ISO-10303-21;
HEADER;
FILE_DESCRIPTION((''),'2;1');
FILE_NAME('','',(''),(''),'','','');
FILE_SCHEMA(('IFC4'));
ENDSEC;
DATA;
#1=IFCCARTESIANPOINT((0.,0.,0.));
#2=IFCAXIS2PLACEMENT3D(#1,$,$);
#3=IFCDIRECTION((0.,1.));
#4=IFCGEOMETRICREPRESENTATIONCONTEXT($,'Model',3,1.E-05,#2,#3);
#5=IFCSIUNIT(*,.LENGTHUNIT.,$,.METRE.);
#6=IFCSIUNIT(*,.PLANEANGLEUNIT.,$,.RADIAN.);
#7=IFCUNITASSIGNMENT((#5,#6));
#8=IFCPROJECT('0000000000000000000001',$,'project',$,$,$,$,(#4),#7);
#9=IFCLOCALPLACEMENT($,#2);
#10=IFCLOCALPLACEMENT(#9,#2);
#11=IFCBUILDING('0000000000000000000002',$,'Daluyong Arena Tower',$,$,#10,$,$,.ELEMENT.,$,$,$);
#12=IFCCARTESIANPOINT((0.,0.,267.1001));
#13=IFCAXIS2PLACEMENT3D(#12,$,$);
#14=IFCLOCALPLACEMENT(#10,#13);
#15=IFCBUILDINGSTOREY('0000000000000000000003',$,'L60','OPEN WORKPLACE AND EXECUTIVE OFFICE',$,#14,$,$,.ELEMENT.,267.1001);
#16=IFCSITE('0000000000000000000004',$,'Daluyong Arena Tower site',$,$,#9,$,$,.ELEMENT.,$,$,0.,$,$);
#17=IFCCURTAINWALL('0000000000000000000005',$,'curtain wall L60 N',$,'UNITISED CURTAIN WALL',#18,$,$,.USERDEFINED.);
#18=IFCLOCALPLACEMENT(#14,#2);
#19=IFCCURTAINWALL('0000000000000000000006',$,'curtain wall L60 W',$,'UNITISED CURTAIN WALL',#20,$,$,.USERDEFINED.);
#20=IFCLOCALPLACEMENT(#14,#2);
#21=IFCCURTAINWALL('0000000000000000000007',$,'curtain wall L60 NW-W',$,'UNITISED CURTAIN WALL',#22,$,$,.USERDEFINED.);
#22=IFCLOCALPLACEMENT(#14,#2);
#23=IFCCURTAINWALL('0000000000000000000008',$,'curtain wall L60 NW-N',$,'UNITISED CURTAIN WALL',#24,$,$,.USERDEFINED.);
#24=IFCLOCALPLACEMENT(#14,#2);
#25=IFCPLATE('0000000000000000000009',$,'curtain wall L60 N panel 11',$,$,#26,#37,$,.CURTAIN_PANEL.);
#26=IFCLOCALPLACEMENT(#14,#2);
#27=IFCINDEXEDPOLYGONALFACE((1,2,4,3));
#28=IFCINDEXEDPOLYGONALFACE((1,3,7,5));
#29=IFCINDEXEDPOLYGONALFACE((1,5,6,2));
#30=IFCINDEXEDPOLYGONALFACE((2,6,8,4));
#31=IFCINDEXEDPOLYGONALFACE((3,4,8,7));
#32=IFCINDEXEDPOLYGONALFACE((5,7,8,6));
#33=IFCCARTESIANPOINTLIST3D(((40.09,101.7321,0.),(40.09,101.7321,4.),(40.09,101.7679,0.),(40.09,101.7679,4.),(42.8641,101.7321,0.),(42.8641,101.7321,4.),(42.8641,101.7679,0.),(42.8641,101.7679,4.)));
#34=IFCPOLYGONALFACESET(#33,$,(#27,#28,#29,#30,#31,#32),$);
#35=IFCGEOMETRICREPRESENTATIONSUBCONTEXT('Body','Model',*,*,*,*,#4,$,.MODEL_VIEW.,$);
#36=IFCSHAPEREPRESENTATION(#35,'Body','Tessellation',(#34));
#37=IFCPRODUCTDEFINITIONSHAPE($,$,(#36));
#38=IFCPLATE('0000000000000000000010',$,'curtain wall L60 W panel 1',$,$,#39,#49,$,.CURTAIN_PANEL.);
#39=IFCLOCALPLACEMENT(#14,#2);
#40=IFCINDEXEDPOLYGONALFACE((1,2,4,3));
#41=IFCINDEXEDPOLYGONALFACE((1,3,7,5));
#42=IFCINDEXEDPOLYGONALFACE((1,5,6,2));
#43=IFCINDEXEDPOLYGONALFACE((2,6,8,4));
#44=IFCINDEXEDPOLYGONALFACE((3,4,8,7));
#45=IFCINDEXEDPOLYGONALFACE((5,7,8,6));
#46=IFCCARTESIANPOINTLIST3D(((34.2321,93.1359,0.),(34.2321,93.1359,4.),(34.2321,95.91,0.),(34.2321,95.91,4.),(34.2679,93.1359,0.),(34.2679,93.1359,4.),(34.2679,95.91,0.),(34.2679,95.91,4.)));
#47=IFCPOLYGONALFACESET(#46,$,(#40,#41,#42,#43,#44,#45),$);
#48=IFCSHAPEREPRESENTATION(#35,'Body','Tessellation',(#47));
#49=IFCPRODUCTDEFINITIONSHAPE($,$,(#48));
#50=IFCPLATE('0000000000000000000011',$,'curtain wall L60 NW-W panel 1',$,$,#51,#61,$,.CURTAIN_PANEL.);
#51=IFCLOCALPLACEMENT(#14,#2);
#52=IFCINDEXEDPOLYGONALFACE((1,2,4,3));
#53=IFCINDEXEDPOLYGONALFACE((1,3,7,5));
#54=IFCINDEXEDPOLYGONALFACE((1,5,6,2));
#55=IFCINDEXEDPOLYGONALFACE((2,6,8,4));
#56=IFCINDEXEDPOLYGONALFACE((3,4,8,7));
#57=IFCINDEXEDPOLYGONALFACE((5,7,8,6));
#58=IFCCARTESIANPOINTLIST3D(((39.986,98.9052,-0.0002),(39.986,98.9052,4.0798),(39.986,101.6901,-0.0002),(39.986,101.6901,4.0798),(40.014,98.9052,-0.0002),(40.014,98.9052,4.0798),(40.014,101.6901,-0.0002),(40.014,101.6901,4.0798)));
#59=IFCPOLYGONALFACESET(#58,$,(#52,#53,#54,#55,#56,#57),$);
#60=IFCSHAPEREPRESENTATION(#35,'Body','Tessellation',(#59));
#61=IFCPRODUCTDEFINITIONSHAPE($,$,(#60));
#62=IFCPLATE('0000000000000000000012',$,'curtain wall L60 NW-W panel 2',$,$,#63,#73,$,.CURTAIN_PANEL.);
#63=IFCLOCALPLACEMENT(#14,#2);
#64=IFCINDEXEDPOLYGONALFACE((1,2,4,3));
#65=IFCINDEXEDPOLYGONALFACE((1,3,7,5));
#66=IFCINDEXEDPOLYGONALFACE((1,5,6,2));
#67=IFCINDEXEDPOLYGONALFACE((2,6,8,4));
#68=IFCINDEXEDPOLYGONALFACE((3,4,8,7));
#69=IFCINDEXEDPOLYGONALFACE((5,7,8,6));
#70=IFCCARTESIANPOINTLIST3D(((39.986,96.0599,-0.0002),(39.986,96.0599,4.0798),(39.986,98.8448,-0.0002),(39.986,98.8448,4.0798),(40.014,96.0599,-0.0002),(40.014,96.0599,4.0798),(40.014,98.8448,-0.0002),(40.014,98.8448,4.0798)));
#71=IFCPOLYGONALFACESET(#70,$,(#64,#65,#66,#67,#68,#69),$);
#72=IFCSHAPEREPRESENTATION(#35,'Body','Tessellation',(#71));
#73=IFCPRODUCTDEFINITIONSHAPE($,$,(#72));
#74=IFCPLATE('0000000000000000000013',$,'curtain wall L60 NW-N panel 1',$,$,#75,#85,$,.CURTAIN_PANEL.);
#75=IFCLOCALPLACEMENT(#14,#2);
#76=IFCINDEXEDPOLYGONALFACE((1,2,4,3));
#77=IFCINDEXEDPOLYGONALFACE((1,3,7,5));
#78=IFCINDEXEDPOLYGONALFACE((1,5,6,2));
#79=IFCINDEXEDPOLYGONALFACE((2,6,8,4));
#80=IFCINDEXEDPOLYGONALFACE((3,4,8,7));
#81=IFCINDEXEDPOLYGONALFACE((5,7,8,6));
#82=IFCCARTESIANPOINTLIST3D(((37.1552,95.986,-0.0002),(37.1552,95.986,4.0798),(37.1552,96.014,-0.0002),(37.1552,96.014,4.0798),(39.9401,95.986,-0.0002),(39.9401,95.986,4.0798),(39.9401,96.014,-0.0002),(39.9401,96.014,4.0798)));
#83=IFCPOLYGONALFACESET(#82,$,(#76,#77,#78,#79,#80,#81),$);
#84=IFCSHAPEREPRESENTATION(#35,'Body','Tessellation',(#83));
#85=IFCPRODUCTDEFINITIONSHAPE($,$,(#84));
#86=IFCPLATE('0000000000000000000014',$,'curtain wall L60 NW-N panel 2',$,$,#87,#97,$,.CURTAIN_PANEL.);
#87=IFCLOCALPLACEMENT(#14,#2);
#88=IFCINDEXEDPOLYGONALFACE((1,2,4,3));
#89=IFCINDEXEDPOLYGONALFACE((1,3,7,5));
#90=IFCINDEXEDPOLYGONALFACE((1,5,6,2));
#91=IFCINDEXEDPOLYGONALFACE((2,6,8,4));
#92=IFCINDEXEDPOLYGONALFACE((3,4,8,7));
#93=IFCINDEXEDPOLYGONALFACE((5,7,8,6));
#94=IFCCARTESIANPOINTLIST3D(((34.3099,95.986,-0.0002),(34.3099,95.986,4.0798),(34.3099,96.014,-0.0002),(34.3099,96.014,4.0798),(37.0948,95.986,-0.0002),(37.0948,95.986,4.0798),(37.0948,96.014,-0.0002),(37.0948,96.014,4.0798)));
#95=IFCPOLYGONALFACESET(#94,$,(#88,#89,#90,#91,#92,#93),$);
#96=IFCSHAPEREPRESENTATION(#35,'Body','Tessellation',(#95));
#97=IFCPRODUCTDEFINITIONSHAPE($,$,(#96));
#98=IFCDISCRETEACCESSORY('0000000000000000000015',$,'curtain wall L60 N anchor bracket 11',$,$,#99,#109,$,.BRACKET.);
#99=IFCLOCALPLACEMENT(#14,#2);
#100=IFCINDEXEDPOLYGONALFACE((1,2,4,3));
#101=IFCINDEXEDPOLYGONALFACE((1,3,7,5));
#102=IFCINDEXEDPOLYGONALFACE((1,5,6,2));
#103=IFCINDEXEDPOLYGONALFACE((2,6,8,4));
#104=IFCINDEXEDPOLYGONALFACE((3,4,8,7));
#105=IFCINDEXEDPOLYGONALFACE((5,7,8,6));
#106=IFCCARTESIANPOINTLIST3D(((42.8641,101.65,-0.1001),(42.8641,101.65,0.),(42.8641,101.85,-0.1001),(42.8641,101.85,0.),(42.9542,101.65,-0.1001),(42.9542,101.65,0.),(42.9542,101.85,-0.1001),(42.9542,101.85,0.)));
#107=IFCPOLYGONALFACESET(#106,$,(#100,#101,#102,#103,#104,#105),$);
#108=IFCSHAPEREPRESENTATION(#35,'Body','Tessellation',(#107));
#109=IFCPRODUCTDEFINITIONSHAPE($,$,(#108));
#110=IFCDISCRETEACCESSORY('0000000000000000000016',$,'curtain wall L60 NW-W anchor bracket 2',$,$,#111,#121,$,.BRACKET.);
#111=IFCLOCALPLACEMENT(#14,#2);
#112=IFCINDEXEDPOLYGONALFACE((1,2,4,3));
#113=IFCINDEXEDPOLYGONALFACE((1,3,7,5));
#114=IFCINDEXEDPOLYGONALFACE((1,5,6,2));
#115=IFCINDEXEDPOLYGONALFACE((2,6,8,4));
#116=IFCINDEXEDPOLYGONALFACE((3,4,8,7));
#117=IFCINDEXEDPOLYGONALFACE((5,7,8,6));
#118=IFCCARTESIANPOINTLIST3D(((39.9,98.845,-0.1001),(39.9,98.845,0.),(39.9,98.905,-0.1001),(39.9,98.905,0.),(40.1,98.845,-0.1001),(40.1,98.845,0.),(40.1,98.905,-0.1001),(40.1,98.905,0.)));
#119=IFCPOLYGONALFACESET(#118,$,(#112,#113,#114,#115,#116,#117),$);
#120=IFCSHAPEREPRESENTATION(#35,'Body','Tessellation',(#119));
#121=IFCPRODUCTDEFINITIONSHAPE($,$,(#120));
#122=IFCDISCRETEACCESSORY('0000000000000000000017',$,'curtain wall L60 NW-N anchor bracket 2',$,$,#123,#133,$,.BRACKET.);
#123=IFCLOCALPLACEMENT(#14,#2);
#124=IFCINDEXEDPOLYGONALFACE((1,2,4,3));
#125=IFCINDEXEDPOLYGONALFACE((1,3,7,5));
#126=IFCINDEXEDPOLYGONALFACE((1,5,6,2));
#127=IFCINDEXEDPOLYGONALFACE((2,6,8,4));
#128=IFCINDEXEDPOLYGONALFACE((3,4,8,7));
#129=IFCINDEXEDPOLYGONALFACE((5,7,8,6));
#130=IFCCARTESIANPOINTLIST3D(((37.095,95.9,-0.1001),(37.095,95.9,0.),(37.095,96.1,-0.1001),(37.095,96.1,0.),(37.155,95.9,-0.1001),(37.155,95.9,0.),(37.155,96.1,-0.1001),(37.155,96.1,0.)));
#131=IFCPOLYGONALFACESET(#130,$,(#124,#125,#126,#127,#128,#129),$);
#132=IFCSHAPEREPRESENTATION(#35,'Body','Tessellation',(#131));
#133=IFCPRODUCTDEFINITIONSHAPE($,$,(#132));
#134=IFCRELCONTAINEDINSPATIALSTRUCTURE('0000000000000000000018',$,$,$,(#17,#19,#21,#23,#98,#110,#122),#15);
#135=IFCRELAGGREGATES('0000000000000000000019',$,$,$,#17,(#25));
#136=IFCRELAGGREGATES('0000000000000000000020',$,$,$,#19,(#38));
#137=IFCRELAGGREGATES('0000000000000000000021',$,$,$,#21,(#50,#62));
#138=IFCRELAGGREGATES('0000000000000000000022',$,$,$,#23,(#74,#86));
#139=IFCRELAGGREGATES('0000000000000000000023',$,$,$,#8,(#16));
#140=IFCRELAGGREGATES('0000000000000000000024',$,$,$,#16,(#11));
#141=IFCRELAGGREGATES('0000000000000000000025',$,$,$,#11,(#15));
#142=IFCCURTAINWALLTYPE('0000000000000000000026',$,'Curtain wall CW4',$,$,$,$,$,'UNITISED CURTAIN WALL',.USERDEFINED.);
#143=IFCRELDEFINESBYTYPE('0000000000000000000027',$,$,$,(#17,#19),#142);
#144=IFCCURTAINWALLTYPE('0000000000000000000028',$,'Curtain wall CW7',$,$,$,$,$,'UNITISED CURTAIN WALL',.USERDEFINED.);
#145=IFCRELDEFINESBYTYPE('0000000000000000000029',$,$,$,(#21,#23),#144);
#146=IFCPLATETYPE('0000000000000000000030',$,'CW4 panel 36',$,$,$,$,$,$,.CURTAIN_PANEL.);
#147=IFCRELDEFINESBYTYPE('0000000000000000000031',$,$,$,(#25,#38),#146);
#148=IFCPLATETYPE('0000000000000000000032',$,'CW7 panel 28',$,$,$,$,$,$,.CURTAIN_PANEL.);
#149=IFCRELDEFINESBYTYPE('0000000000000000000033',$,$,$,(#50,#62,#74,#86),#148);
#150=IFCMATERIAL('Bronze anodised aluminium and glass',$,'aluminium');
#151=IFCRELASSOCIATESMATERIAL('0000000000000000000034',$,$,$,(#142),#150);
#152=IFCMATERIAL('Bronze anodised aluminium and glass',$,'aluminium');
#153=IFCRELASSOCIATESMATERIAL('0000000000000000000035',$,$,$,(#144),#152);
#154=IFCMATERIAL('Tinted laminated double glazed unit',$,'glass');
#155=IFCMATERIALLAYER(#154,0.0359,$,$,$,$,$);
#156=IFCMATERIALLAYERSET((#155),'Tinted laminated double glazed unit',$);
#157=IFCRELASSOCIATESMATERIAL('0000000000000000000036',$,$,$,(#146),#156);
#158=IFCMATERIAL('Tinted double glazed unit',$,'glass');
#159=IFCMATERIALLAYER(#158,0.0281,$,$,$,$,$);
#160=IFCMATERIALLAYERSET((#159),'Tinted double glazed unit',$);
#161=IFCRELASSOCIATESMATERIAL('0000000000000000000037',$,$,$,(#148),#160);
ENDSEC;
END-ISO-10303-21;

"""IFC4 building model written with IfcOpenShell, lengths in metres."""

from ifc_helpers import new_model, si_unit, direction, frame, origin, origin_2d, place, context, subcontext, project, spatial, rectangle, extrude, material, layer, layer_set, type_object, element, aggregate, save


model = new_model("IFC4")

# Units and contexts
model_context = context("Model", 3, precision=1e-05, world=origin(), true_north=direction((0.0, 1.0)))
body_context = subcontext(model_context, "Body", "Model", "MODEL_VIEW")
ifc_project = project(units=[si_unit("LENGTHUNIT", "METRE"), si_unit("PLANEANGLEUNIT", "RADIAN")], contexts=[model_context])

# Site, building, storey
site_placement = place(None, origin())
site = spatial("IfcSite", under=ifc_project, at=site_placement, Name="Daluyong Arena Tower site", CompositionType="ELEMENT", RefElevation=0.0)
building_placement = place(site_placement, origin())
building = spatial("IfcBuilding", under=site, at=building_placement, Name="Daluyong Arena Tower", CompositionType="ELEMENT")
storey_placement = place(building_placement, frame((0.0, 0.0, 267.1001)))
storey = spatial("IfcBuildingStorey", under=building, at=storey_placement, Name="L60", Description="OPEN WORKPLACE AND EXECUTIVE OFFICE", CompositionType="ELEMENT", Elevation=267.1001)

# Curtain walls
ifc_material_1 = material(Name="Bronze anodised aluminium and glass", Category="aluminium")
curtain_wall_type_1 = type_object("IfcCurtainWallType", Name="Curtain wall CW4", ElementType="UNITISED CURTAIN WALL", PredefinedType="USERDEFINED", material=ifc_material_1)
curtain_wall_1_placement = place(storey_placement, origin())
curtain_wall_1 = element("IfcCurtainWall", 1, at=curtain_wall_1_placement, inside=storey, type_object=curtain_wall_type_1, Name="curtain wall L60 N", ObjectType="UNITISED CURTAIN WALL", PredefinedType="USERDEFINED")
curtain_wall_2_placement = place(storey_placement, origin())
curtain_wall_2 = element("IfcCurtainWall", 2, at=curtain_wall_2_placement, inside=storey, type_object=curtain_wall_type_1, Name="curtain wall L60 W", ObjectType="UNITISED CURTAIN WALL", PredefinedType="USERDEFINED")

# Curtain walls
ifc_material_2 = material(Name="Bronze anodised aluminium and glass", Category="aluminium")
curtain_wall_type_2 = type_object("IfcCurtainWallType", Name="Curtain wall CW7", ElementType="UNITISED CURTAIN WALL", PredefinedType="USERDEFINED", material=ifc_material_2)
curtain_wall_3_placement = place(storey_placement, origin())
curtain_wall_3 = element("IfcCurtainWall", 3, at=curtain_wall_3_placement, inside=storey, type_object=curtain_wall_type_2, Name="curtain wall L60 NW-W", ObjectType="UNITISED CURTAIN WALL", PredefinedType="USERDEFINED")
curtain_wall_4_placement = place(storey_placement, origin())
curtain_wall_4 = element("IfcCurtainWall", 4, at=curtain_wall_4_placement, inside=storey, type_object=curtain_wall_type_2, Name="curtain wall L60 NW-N", ObjectType="UNITISED CURTAIN WALL", PredefinedType="USERDEFINED")

# Plates
ifc_material_3 = material(Name="Tinted laminated double glazed unit", Category="glass")
ifc_layer_1 = layer(ifc_material_3, 0.0359)
ifc_layer_set_1 = layer_set([ifc_layer_1], Name="Tinted laminated double glazed unit")
plate_type_1 = type_object("IfcPlateType", Name="CW4 panel 36", PredefinedType="CURTAIN_PANEL", material=ifc_layer_set_1)
plate_1_placement = place(storey_placement, frame((41.4771, 101.75, 0.0), z_axis=(0.0, 0.0, 1.0), x_axis=(-1.0, 0.0, 0.0)))
plate_1 = element("IfcPlate", 5, at=plate_1_placement, type_object=plate_type_1, Name="curtain wall L60 N panel 11", PredefinedType="CURTAIN_PANEL", context=body_context, shape_type="SweptSolid", body=[
    extrude(rectangle(XDim=2.7742, YDim=0.0359, at=origin_2d()), origin(), (0.0, 0.0, 1.0), 4.0),
])
aggregate(curtain_wall_1, [plate_1])
plate_2_placement = place(storey_placement, frame((34.25, 94.5229, 0.0), z_axis=(0.0, 0.0, 1.0), x_axis=(0.0, -1.0, 0.0)))
plate_2 = element("IfcPlate", 6, at=plate_2_placement, type_object=plate_type_1, Name="curtain wall L60 W panel 1", PredefinedType="CURTAIN_PANEL", context=body_context, shape_type="SweptSolid", body=[
    extrude(rectangle(XDim=2.7742, YDim=0.0359, at=origin_2d()), origin(), (0.0, 0.0, 1.0), 4.0),
])
aggregate(curtain_wall_2, [plate_2])
ifc_material_4 = material(Name="Tinted double glazed unit", Category="glass")
ifc_layer_2 = layer(ifc_material_4, 0.0281)
ifc_layer_set_2 = layer_set([ifc_layer_2], Name="Tinted double glazed unit")
plate_type_2 = type_object("IfcPlateType", Name="CW7 panel 28", PredefinedType="CURTAIN_PANEL", material=ifc_layer_set_2)
plate_3_placement = place(storey_placement, frame((40.0, 100.2976, -0.0002), z_axis=(0.0, 0.0, 1.0), x_axis=(0.0, -1.0, 0.0)))
plate_3 = element("IfcPlate", 7, at=plate_3_placement, type_object=plate_type_2, Name="curtain wall L60 NW-W panel 1", PredefinedType="CURTAIN_PANEL", context=body_context, shape_type="SweptSolid", body=[
    extrude(rectangle(XDim=2.7849, YDim=0.0281, at=origin_2d()), origin(), (0.0, 0.0, 1.0), 4.0801),
])
plate_4_placement = place(storey_placement, frame((40.0, 97.4524, -0.0002), z_axis=(0.0, 0.0, 1.0), x_axis=(0.0, -1.0, 0.0)))
plate_4 = element("IfcPlate", 8, at=plate_4_placement, type_object=plate_type_2, Name="curtain wall L60 NW-W panel 2", PredefinedType="CURTAIN_PANEL", context=body_context, shape_type="SweptSolid", body=[
    extrude(rectangle(XDim=2.7849, YDim=0.0281, at=origin_2d()), origin(), (0.0, 0.0, 1.0), 4.0801),
])
aggregate(curtain_wall_3, [plate_3, plate_4])
plate_5_placement = place(storey_placement, frame((38.5476, 96.0, -0.0002), z_axis=(0.0, 0.0, 1.0), x_axis=(-1.0, 0.0, 0.0)))
plate_5 = element("IfcPlate", 9, at=plate_5_placement, type_object=plate_type_2, Name="curtain wall L60 NW-N panel 1", PredefinedType="CURTAIN_PANEL", context=body_context, shape_type="SweptSolid", body=[
    extrude(rectangle(XDim=2.7849, YDim=0.0281, at=origin_2d()), origin(), (0.0, 0.0, 1.0), 4.0801),
])
plate_6_placement = place(storey_placement, frame((35.7024, 96.0, -0.0002), z_axis=(0.0, 0.0, 1.0), x_axis=(-1.0, 0.0, 0.0)))
plate_6 = element("IfcPlate", 10, at=plate_6_placement, type_object=plate_type_2, Name="curtain wall L60 NW-N panel 2", PredefinedType="CURTAIN_PANEL", context=body_context, shape_type="SweptSolid", body=[
    extrude(rectangle(XDim=2.7849, YDim=0.0281, at=origin_2d()), origin(), (0.0, 0.0, 1.0), 4.0801),
])
aggregate(curtain_wall_4, [plate_5, plate_6])

# Discrete accessories
discrete_accessory_placement = place(storey_placement, frame((42.9092, 101.75, -0.1001), z_axis=(0.0, 0.0, 1.0), x_axis=(-1.0, 0.0, 0.0)))
element("IfcDiscreteAccessory", 11, at=discrete_accessory_placement, inside=storey, Name="curtain wall L60 N anchor bracket 11", PredefinedType="BRACKET", context=body_context, shape_type="SweptSolid", body=[
    extrude(rectangle(XDim=0.0901, YDim=0.2, at=origin_2d()), origin(), (0.0, 0.0, 1.0), 0.1001),
])
for number, where, z_axis, x_axis, name in (
    (12, (40.0, 98.875, -0.1001), (0.0, 0.0, 1.0), (0.0, -1.0, 0.0), "curtain wall L60 NW-W anchor bracket 2"),
    (13, (37.125, 96.0, -0.1001), (0.0, 0.0, 1.0), (-1.0, 0.0, 0.0), "curtain wall L60 NW-N anchor bracket 2"),
):
    element("IfcDiscreteAccessory", number, at=place(storey_placement, frame(where, z_axis=z_axis, x_axis=x_axis)), inside=storey, Name=name, PredefinedType="BRACKET", context=body_context, shape_type="SweptSolid", body=[
        extrude(rectangle(XDim=0.0601, YDim=0.2, at=origin_2d()), origin(), (0.0, 0.0, 1.0), 0.1001),
    ])

save(model, "model.ifc")
